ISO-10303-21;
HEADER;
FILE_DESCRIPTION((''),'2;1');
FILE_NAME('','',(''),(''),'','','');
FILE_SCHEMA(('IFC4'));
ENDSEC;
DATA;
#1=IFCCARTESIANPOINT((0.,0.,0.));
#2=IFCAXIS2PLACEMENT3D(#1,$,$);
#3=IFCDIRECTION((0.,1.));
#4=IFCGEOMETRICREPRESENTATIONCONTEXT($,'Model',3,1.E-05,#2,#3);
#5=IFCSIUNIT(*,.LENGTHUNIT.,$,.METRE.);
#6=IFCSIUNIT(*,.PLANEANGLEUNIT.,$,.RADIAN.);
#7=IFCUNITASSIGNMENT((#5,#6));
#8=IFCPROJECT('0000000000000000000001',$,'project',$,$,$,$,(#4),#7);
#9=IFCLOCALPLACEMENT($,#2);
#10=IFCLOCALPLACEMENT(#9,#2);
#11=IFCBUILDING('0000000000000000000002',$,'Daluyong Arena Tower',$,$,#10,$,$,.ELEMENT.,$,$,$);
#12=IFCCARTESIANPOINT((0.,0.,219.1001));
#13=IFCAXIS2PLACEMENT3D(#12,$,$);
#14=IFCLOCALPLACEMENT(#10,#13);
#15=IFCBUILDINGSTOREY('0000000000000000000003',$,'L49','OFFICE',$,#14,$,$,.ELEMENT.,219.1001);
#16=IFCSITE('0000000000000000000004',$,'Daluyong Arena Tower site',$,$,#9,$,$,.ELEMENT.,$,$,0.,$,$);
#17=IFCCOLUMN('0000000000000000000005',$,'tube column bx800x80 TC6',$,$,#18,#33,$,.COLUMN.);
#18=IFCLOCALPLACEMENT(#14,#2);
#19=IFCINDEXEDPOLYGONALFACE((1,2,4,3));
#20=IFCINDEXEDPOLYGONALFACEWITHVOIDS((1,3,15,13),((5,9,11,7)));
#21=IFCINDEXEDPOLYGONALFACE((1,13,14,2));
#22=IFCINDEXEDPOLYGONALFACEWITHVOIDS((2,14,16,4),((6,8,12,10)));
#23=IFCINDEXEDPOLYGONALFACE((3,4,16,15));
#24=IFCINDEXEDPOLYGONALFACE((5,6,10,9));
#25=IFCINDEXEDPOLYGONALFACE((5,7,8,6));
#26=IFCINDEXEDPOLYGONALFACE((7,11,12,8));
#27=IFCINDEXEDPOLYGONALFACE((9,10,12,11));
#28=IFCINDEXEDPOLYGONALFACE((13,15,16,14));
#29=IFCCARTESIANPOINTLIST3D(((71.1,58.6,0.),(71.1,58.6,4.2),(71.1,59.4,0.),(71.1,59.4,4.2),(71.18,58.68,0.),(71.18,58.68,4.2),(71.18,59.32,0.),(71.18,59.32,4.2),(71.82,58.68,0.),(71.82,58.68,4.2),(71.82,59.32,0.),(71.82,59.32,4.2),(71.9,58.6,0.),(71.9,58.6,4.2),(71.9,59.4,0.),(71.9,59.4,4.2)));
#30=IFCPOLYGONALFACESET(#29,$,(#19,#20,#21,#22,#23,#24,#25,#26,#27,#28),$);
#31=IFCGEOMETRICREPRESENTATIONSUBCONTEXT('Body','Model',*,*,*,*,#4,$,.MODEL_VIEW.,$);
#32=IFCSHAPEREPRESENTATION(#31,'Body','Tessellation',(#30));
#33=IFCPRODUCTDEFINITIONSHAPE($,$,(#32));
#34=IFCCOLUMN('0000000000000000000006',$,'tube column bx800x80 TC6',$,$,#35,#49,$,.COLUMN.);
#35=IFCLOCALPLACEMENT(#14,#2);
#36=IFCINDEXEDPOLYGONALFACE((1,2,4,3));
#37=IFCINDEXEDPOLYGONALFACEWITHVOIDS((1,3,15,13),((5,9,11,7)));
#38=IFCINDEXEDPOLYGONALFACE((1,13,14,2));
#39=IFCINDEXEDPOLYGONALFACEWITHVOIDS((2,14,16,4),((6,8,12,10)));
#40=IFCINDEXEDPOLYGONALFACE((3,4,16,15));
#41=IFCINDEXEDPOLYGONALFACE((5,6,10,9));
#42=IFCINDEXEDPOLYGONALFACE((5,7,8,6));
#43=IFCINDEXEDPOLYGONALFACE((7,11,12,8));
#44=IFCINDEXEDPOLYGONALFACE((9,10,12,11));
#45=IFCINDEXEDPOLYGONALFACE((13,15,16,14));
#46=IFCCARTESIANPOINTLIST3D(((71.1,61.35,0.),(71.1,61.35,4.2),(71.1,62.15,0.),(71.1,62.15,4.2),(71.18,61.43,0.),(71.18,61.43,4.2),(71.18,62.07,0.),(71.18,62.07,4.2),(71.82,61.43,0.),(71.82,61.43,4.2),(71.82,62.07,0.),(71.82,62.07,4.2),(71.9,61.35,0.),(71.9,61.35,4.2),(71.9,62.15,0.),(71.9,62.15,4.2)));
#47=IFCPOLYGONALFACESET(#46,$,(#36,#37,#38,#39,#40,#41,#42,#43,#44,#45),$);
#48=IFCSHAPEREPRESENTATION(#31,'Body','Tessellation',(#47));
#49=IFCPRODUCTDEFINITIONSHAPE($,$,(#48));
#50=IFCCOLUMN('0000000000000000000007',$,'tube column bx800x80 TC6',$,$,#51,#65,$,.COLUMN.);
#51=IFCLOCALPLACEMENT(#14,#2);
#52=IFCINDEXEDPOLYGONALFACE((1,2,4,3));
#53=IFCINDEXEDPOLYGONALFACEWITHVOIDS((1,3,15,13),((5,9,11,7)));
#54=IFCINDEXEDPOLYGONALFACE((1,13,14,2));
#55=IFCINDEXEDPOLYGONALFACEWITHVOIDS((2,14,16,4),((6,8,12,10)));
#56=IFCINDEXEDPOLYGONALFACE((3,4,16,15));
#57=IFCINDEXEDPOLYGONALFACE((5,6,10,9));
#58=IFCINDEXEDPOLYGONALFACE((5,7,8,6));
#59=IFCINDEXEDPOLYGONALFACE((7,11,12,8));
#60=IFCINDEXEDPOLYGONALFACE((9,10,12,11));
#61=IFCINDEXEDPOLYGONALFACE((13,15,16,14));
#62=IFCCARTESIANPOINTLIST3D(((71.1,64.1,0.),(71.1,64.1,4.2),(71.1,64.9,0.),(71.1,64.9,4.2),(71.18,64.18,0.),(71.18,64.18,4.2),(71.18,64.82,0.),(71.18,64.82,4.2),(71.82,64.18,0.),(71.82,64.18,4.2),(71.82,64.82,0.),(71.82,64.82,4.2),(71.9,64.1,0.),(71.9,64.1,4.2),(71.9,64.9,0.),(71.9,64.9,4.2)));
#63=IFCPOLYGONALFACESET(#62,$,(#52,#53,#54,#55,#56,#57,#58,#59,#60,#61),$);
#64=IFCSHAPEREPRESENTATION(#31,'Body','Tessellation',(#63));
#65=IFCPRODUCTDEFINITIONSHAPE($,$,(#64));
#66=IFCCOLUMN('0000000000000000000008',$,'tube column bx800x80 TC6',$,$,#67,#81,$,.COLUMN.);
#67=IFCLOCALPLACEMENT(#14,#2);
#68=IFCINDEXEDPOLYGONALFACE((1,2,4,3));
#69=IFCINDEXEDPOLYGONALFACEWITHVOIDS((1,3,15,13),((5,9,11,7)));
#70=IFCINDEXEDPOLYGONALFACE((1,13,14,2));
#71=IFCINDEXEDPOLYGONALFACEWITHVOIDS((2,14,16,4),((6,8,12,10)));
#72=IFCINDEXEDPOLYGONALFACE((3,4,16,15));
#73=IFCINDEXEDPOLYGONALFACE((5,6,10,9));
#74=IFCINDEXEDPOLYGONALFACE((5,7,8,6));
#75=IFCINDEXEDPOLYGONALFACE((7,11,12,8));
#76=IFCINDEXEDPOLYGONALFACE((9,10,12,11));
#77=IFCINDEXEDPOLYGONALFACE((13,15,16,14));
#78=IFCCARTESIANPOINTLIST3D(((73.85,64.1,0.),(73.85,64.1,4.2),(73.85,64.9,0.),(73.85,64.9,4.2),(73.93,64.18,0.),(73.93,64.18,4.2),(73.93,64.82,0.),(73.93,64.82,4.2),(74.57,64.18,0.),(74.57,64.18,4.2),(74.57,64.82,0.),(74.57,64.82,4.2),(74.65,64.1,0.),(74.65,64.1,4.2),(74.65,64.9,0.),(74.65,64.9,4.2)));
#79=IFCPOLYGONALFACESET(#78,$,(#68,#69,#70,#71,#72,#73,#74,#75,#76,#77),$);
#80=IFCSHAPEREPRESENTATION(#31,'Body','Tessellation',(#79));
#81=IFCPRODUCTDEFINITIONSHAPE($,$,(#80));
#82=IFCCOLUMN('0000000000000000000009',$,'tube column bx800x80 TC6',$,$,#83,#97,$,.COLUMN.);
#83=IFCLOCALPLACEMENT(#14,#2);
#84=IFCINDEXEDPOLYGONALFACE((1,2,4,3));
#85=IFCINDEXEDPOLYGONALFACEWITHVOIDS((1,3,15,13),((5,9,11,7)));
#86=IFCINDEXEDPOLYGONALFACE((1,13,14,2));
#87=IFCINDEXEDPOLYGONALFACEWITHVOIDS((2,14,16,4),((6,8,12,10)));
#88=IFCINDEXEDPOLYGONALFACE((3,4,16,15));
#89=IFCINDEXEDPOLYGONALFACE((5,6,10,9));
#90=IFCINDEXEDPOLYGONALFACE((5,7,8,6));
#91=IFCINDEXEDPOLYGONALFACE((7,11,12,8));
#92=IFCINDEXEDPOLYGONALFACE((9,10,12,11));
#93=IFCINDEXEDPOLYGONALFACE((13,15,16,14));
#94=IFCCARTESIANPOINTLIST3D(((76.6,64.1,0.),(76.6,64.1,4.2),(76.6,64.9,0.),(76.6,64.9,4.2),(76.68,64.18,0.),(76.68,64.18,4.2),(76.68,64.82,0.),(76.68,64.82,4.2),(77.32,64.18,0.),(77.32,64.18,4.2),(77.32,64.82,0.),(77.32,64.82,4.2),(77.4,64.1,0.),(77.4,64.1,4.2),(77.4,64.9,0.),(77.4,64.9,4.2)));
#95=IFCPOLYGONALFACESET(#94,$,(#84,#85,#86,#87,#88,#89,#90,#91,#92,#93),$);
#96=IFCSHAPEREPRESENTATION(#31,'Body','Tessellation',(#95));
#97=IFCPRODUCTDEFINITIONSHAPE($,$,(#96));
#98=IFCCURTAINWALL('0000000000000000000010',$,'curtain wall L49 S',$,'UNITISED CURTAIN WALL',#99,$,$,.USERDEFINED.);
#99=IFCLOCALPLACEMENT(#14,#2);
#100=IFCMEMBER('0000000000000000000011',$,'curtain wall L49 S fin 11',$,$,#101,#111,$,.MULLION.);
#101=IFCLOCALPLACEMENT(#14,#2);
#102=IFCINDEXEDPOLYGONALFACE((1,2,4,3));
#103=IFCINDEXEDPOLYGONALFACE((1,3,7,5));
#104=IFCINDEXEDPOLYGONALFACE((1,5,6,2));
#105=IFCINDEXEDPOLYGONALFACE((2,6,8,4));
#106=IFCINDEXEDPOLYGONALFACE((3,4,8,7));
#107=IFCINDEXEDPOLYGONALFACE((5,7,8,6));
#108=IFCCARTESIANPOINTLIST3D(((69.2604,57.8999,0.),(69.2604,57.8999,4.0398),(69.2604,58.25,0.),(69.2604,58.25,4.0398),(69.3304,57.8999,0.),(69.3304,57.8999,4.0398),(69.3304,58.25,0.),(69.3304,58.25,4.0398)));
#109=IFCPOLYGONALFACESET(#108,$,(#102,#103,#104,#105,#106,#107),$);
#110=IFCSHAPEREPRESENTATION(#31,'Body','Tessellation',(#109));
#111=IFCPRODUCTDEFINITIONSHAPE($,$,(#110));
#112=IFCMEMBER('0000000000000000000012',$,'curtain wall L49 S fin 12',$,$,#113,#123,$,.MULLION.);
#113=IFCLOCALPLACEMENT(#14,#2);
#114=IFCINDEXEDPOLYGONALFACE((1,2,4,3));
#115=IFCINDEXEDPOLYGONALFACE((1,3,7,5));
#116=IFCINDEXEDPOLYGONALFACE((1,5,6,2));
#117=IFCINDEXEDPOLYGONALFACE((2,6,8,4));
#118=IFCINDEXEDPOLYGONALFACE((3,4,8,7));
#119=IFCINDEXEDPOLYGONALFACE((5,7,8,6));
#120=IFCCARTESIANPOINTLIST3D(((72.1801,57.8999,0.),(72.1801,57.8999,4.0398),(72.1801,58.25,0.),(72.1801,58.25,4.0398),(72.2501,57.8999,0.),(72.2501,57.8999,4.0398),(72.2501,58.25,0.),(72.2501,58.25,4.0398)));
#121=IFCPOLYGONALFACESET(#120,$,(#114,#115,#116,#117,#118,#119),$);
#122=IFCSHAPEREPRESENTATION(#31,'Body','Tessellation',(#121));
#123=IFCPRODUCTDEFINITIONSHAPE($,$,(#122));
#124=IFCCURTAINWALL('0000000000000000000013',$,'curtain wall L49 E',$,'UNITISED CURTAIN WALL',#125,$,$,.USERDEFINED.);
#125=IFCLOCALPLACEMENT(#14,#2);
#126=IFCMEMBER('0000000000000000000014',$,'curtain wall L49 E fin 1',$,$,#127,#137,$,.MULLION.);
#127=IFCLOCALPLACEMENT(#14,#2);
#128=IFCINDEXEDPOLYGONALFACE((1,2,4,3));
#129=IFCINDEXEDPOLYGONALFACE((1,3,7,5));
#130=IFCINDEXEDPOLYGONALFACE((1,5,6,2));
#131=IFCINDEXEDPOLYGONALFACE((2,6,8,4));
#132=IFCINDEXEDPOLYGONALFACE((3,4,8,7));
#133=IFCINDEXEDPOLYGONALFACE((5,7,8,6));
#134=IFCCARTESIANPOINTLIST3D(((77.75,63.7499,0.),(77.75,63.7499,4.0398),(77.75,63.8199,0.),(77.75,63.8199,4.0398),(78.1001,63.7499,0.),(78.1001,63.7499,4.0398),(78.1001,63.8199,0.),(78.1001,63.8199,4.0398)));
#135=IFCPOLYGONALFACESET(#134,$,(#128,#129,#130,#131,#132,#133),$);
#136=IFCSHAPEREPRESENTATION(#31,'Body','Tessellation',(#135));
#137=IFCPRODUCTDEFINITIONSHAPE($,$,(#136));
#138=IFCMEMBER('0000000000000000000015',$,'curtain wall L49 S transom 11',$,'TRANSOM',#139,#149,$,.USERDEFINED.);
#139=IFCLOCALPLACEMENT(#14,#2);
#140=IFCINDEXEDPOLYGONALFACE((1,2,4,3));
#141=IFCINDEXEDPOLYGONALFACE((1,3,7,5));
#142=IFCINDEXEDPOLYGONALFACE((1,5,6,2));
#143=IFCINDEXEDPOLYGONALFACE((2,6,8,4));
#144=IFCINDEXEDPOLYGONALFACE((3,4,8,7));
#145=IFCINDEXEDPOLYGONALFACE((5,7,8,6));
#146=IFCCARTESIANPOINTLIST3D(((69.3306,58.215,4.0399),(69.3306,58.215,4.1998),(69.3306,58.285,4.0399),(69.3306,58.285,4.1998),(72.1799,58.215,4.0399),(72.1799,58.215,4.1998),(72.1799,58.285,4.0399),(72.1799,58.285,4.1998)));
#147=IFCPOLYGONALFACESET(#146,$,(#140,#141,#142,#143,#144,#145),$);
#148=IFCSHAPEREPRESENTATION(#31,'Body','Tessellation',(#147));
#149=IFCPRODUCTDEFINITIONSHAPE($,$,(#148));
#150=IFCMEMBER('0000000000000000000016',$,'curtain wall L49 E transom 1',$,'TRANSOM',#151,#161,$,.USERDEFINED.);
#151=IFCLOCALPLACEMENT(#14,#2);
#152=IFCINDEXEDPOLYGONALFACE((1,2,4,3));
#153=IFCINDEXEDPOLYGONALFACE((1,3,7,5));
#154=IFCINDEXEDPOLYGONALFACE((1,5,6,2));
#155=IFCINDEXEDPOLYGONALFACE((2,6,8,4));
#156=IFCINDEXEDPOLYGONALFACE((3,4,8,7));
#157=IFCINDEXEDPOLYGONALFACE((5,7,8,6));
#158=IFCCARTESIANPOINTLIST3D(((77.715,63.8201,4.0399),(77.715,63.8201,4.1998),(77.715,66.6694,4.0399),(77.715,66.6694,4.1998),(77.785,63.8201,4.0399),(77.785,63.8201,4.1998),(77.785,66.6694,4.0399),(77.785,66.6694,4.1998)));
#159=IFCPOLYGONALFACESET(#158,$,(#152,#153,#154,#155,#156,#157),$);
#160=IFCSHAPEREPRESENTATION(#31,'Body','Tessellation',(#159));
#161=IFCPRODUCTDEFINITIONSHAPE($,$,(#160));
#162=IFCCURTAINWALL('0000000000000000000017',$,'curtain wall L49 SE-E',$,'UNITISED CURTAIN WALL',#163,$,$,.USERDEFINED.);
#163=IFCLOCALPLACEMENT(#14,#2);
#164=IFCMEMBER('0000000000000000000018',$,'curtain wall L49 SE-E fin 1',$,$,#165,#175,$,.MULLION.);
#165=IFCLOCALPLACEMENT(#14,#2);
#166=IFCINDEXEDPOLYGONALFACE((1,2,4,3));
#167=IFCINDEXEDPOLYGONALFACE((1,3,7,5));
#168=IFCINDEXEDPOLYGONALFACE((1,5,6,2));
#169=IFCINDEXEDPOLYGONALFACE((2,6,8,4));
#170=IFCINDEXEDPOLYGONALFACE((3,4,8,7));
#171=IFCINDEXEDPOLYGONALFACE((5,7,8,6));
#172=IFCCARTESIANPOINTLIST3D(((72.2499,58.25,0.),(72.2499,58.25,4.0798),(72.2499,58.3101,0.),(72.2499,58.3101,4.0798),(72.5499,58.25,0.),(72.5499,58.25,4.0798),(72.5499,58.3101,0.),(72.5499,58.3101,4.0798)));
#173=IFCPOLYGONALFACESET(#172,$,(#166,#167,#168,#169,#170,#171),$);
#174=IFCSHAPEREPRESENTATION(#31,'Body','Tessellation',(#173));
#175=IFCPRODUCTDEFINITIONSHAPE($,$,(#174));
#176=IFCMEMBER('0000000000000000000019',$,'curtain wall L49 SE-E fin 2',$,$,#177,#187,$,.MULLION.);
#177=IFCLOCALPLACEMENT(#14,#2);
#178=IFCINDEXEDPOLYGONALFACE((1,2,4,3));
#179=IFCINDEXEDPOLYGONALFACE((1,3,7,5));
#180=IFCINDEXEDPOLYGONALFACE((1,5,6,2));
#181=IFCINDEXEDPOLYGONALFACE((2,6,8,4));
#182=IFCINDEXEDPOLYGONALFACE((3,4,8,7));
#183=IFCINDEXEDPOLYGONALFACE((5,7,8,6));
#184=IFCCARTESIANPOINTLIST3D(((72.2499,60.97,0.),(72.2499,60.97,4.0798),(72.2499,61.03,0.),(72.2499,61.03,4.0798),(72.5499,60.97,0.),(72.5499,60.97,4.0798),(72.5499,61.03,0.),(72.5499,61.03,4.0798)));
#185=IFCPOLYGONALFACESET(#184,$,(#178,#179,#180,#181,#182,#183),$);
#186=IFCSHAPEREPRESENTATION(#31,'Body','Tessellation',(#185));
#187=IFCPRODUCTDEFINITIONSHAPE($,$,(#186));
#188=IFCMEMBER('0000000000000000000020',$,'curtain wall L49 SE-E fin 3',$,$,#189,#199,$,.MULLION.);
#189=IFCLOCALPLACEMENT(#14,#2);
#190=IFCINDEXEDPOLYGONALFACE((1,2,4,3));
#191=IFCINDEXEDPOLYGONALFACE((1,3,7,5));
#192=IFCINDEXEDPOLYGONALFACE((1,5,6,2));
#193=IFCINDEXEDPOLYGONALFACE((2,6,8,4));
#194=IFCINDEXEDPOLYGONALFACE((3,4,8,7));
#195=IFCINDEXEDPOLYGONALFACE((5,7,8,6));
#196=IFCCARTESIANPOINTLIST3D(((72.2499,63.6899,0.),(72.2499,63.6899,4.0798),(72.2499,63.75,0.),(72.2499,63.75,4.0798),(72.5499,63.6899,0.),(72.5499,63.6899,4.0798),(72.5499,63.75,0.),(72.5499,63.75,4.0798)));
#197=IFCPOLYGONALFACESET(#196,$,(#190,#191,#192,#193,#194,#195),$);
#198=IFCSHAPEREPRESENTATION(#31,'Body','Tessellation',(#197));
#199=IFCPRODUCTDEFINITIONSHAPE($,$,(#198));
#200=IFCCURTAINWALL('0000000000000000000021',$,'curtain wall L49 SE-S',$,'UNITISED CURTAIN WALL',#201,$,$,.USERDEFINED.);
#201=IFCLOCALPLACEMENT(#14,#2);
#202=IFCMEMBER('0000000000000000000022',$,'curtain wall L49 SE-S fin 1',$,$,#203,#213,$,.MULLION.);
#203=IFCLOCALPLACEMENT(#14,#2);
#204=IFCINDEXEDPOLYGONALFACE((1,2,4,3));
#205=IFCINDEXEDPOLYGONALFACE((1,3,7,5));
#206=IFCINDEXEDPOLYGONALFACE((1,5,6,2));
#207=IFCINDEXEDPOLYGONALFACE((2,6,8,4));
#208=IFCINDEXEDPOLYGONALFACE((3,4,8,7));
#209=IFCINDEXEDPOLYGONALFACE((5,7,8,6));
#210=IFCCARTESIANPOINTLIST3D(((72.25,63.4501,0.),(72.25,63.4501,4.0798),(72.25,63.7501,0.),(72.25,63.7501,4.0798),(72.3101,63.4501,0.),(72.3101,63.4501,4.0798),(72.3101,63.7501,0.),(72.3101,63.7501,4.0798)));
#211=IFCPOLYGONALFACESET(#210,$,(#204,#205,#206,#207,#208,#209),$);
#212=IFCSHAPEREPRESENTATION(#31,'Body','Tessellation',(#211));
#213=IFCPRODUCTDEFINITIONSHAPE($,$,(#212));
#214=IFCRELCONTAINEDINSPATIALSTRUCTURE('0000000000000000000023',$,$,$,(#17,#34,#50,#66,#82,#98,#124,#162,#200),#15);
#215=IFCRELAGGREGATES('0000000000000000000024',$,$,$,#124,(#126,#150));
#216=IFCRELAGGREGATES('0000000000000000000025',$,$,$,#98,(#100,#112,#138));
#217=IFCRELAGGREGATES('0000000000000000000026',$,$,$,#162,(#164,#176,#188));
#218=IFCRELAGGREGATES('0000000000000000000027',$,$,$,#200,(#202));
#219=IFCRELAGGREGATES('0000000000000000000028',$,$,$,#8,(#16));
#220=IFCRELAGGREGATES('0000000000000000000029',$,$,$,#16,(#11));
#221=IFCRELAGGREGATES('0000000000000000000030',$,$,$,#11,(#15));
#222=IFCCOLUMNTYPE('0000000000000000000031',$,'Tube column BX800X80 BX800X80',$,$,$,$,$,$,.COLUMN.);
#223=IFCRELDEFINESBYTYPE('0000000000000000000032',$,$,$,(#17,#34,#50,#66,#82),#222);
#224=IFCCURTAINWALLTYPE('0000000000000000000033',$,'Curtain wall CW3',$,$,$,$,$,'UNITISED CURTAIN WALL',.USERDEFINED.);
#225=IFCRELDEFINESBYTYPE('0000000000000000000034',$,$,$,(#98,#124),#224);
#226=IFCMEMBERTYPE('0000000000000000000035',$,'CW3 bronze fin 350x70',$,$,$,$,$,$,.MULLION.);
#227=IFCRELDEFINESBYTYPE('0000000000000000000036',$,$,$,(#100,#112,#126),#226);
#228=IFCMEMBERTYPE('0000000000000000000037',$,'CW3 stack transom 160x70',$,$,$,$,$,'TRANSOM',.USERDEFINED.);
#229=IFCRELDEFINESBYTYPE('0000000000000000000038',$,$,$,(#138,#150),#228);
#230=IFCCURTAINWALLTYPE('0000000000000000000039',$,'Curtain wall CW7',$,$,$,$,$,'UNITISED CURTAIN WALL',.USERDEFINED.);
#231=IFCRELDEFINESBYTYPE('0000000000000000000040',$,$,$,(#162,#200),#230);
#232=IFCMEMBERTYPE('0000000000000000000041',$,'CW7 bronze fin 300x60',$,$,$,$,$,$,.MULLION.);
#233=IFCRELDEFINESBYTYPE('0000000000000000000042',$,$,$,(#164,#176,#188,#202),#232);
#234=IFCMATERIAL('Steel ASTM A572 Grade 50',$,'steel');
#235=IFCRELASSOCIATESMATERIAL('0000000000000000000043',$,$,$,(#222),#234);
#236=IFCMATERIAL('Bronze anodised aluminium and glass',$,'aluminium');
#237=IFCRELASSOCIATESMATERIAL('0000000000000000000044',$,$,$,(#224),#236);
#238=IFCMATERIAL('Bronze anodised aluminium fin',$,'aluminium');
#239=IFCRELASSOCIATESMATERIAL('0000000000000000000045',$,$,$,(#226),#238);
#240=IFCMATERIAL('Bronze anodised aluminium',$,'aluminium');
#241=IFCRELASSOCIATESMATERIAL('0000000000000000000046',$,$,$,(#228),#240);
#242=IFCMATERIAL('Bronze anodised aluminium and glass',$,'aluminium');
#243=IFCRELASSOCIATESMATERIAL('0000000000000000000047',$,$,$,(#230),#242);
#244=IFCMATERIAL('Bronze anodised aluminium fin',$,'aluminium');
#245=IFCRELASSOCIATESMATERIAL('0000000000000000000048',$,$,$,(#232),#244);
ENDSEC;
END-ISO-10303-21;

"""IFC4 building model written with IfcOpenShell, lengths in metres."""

from ifc_helpers import new_model, si_unit, direction, frame, origin, origin_2d, place, context, subcontext, project, spatial, rectangle, hollow_rectangle, extrude, material, material_profile, profile_set, type_object, element, aggregate, save


model = new_model("IFC4")

# Units and contexts
model_context = context("Model", 3, precision=1e-05, world=origin(), true_north=direction((0.0, 1.0)))
body_context = subcontext(model_context, "Body", "Model", "MODEL_VIEW")
ifc_project = project(units=[si_unit("LENGTHUNIT", "METRE"), si_unit("PLANEANGLEUNIT", "RADIAN")], contexts=[model_context])

# Site, building, storey
site_placement = place(None, origin())
site = spatial("IfcSite", under=ifc_project, at=site_placement, Name="Daluyong Arena Tower site", CompositionType="ELEMENT", RefElevation=0.0)
building_placement = place(site_placement, origin())
building = spatial("IfcBuilding", under=site, at=building_placement, Name="Daluyong Arena Tower", CompositionType="ELEMENT")
storey_placement = place(building_placement, frame((0.0, 0.0, 219.1001)))
storey = spatial("IfcBuildingStorey", under=building, at=storey_placement, Name="L49", Description="OFFICE", CompositionType="ELEMENT", Elevation=219.1001)

# Columns
ifc_material_1 = material(Name="Steel ASTM A572 Grade 50", Category="steel")
ifc_material_profile_1 = material_profile(ifc_material_1, hollow_rectangle(XDim=0.8, YDim=0.8, WallThickness=0.08, at=origin_2d()))
ifc_profile_set_1 = profile_set([ifc_material_profile_1], Name="Steel ASTM A572 Grade 50")
column_type = type_object("IfcColumnType", Name="Tube column BX800X80 BX800X80", PredefinedType="COLUMN", material=ifc_profile_set_1)
for number, where, z_axis, x_axis, name in (
    (1, (71.5, 59.0, 0.0), (0.0, 0.0, 1.0), (0.0, 1.0, 0.0), "tube column bx800x80 TC6"),
    (2, (71.5, 61.75, 0.0), (0.0, 0.0, 1.0), (0.0, 1.0, 0.0), "tube column bx800x80 TC6"),
    (3, (71.5, 64.5, 0.0), (0.0, 0.0, 1.0), (1.0, 0.0, 0.0), "tube column bx800x80 TC6"),
    (4, (74.25, 64.5, 0.0), (0.0, 0.0, 1.0), (1.0, 0.0, 0.0), "tube column bx800x80 TC6"),
    (5, (77.0, 64.5, 0.0), (0.0, 0.0, 1.0), (0.0, 1.0, 0.0), "tube column bx800x80 TC6"),
):
    element("IfcColumn", number, at=place(storey_placement, frame(where, z_axis=z_axis, x_axis=x_axis)), inside=storey, type_object=column_type, Name=name, PredefinedType="COLUMN", context=body_context, shape_type="SweptSolid", body=[
        extrude(hollow_rectangle(XDim=0.8, YDim=0.8, WallThickness=0.08, at=origin_2d()), origin(), (0.0, 0.0, 1.0), 4.2),
    ])

# Curtain wall, members
ifc_material_2 = material(Name="Bronze anodised aluminium and glass", Category="aluminium")
curtain_wall_type_1 = type_object("IfcCurtainWallType", Name="Curtain wall CW3", ElementType="UNITISED CURTAIN WALL", PredefinedType="USERDEFINED", material=ifc_material_2)
curtain_wall_1_placement = place(storey_placement, origin())
curtain_wall_1 = element("IfcCurtainWall", 6, at=curtain_wall_1_placement, inside=storey, type_object=curtain_wall_type_1, Name="curtain wall L49 S", ObjectType="UNITISED CURTAIN WALL", PredefinedType="USERDEFINED")
ifc_material_3 = material(Name="Bronze anodised aluminium fin", Category="aluminium")
ifc_material_profile_2 = material_profile(ifc_material_3, rectangle(XDim=0.3501, YDim=0.0701, at=origin_2d()))
ifc_profile_set_2 = profile_set([ifc_material_profile_2], Name="Bronze anodised aluminium fin")
member_type_1 = type_object("IfcMemberType", Name="CW3 bronze fin 350x70", PredefinedType="MULLION", material=ifc_profile_set_2)
member_1_placement = place(storey_placement, frame((69.2954, 58.075, 0.0), z_axis=(0.0, 0.0, 1.0), x_axis=(0.0, 1.0, 0.0)))
member_1 = element("IfcMember", 7, at=member_1_placement, type_object=member_type_1, Name="curtain wall L49 S fin 11", PredefinedType="MULLION", context=body_context, shape_type="SweptSolid", body=[
    extrude(rectangle(XDim=0.3501, YDim=0.0701, at=origin_2d()), origin(), (0.0, 0.0, 1.0), 4.0398),
])
member_2_placement = place(storey_placement, frame((72.2151, 58.075, 0.0), z_axis=(0.0, 0.0, 1.0), x_axis=(0.0, 1.0, 0.0)))
member_2 = element("IfcMember", 8, at=member_2_placement, type_object=member_type_1, Name="curtain wall L49 S fin 12", PredefinedType="MULLION", context=body_context, shape_type="SweptSolid", body=[
    extrude(rectangle(XDim=0.3501, YDim=0.0701, at=origin_2d()), origin(), (0.0, 0.0, 1.0), 4.0398),
])

# Curtain wall, member
curtain_wall_2_placement = place(storey_placement, origin())
curtain_wall_2 = element("IfcCurtainWall", 9, at=curtain_wall_2_placement, inside=storey, type_object=curtain_wall_type_1, Name="curtain wall L49 E", ObjectType="UNITISED CURTAIN WALL", PredefinedType="USERDEFINED")
member_3_placement = place(storey_placement, frame((77.925, 63.7849, 0.0), z_axis=(0.0, 0.0, 1.0), x_axis=(-1.0, 0.0, 0.0)))
member_3 = element("IfcMember", 10, at=member_3_placement, type_object=member_type_1, Name="curtain wall L49 E fin 1", PredefinedType="MULLION", context=body_context, shape_type="SweptSolid", body=[
    extrude(rectangle(XDim=0.3501, YDim=0.0701, at=origin_2d()), origin(), (0.0, 0.0, 1.0), 4.0398),
])

# Members
ifc_material_4 = material(Name="Bronze anodised aluminium", Category="aluminium")
ifc_material_profile_3 = material_profile(ifc_material_4, rectangle(XDim=0.0701, YDim=0.1599, at=origin_2d()))
ifc_profile_set_3 = profile_set([ifc_material_profile_3], Name="Bronze anodised aluminium")
member_type_2 = type_object("IfcMemberType", Name="CW3 stack transom 160x70", ElementType="TRANSOM", PredefinedType="USERDEFINED", material=ifc_profile_set_3)
member_4_placement = place(storey_placement, frame((69.3306, 58.25, 4.1199), z_axis=(1.0, 0.0, 0.0), x_axis=(0.0, 1.0, 0.0)))
member_4 = element("IfcMember", 11, at=member_4_placement, type_object=member_type_2, Name="curtain wall L49 S transom 11", ObjectType="TRANSOM", PredefinedType="USERDEFINED", context=body_context, shape_type="SweptSolid", body=[
    extrude(rectangle(XDim=0.0701, YDim=0.1599, at=origin_2d()), origin(), (0.0, 0.0, 1.0), 2.8494),
])
member_5_placement = place(storey_placement, frame((77.75, 63.8201, 4.1199), z_axis=(0.0, 1.0, 0.0), x_axis=(-1.0, 0.0, 0.0)))
member_5 = element("IfcMember", 12, at=member_5_placement, type_object=member_type_2, Name="curtain wall L49 E transom 1", ObjectType="TRANSOM", PredefinedType="USERDEFINED", context=body_context, shape_type="SweptSolid", body=[
    extrude(rectangle(XDim=0.0701, YDim=0.1599, at=origin_2d()), origin(), (0.0, 0.0, 1.0), 2.8494),
])
aggregate(curtain_wall_2, [member_3, member_5])

# Curtain walls, members
ifc_material_5 = material(Name="Bronze anodised aluminium and glass", Category="aluminium")
curtain_wall_type_2 = type_object("IfcCurtainWallType", Name="Curtain wall CW7", ElementType="UNITISED CURTAIN WALL", PredefinedType="USERDEFINED", material=ifc_material_5)
curtain_wall_3_placement = place(storey_placement, origin())
curtain_wall_3 = element("IfcCurtainWall", 13, at=curtain_wall_3_placement, inside=storey, type_object=curtain_wall_type_2, Name="curtain wall L49 SE-E", ObjectType="UNITISED CURTAIN WALL", PredefinedType="USERDEFINED")
ifc_material_6 = material(Name="Bronze anodised aluminium fin", Category="aluminium")
ifc_material_profile_4 = material_profile(ifc_material_6, rectangle(XDim=0.3, YDim=0.0601, at=origin_2d()))
ifc_profile_set_4 = profile_set([ifc_material_profile_4], Name="Bronze anodised aluminium fin")
member_type_3 = type_object("IfcMemberType", Name="CW7 bronze fin 300x60", PredefinedType="MULLION", material=ifc_profile_set_4)
member_6_placement = place(storey_placement, frame((72.3999, 58.28, 0.0), z_axis=(0.0, 0.0, 1.0), x_axis=(-1.0, 0.0, 0.0)))
member_6 = element("IfcMember", 14, at=member_6_placement, type_object=member_type_3, Name="curtain wall L49 SE-E fin 1", PredefinedType="MULLION", context=body_context, shape_type="SweptSolid", body=[
    extrude(rectangle(XDim=0.3, YDim=0.0601, at=origin_2d()), origin(), (0.0, 0.0, 1.0), 4.0798),
])
member_7_placement = place(storey_placement, frame((72.3999, 61.0, 0.0), z_axis=(0.0, 0.0, 1.0), x_axis=(-1.0, 0.0, 0.0)))
member_7 = element("IfcMember", 15, at=member_7_placement, type_object=member_type_3, Name="curtain wall L49 SE-E fin 2", PredefinedType="MULLION", context=body_context, shape_type="SweptSolid", body=[
    extrude(rectangle(XDim=0.3, YDim=0.0601, at=origin_2d()), origin(), (0.0, 0.0, 1.0), 4.0798),
])
member_8_placement = place(storey_placement, frame((72.3999, 63.72, 0.0), z_axis=(0.0, 0.0, 1.0), x_axis=(-1.0, 0.0, 0.0)))
member_8 = element("IfcMember", 16, at=member_8_placement, type_object=member_type_3, Name="curtain wall L49 SE-E fin 3", PredefinedType="MULLION", context=body_context, shape_type="SweptSolid", body=[
    extrude(rectangle(XDim=0.3, YDim=0.0601, at=origin_2d()), origin(), (0.0, 0.0, 1.0), 4.0798),
])
curtain_wall_4_placement = place(storey_placement, origin())
curtain_wall_4 = element("IfcCurtainWall", 17, at=curtain_wall_4_placement, inside=storey, type_object=curtain_wall_type_2, Name="curtain wall L49 SE-S", ObjectType="UNITISED CURTAIN WALL", PredefinedType="USERDEFINED")
member_9_placement = place(storey_placement, frame((72.28, 63.6001, 0.0), z_axis=(0.0, 0.0, 1.0), x_axis=(0.0, 1.0, 0.0)))
member_9 = element("IfcMember", 18, at=member_9_placement, type_object=member_type_3, Name="curtain wall L49 SE-S fin 1", PredefinedType="MULLION", context=body_context, shape_type="SweptSolid", body=[
    extrude(rectangle(XDim=0.3, YDim=0.0601, at=origin_2d()), origin(), (0.0, 0.0, 1.0), 4.0798),
])

aggregate(curtain_wall_1, [member_1, member_2, member_4])
aggregate(curtain_wall_3, [member_6, member_7, member_8])
aggregate(curtain_wall_4, [member_9])

save(model, "model.ifc")
